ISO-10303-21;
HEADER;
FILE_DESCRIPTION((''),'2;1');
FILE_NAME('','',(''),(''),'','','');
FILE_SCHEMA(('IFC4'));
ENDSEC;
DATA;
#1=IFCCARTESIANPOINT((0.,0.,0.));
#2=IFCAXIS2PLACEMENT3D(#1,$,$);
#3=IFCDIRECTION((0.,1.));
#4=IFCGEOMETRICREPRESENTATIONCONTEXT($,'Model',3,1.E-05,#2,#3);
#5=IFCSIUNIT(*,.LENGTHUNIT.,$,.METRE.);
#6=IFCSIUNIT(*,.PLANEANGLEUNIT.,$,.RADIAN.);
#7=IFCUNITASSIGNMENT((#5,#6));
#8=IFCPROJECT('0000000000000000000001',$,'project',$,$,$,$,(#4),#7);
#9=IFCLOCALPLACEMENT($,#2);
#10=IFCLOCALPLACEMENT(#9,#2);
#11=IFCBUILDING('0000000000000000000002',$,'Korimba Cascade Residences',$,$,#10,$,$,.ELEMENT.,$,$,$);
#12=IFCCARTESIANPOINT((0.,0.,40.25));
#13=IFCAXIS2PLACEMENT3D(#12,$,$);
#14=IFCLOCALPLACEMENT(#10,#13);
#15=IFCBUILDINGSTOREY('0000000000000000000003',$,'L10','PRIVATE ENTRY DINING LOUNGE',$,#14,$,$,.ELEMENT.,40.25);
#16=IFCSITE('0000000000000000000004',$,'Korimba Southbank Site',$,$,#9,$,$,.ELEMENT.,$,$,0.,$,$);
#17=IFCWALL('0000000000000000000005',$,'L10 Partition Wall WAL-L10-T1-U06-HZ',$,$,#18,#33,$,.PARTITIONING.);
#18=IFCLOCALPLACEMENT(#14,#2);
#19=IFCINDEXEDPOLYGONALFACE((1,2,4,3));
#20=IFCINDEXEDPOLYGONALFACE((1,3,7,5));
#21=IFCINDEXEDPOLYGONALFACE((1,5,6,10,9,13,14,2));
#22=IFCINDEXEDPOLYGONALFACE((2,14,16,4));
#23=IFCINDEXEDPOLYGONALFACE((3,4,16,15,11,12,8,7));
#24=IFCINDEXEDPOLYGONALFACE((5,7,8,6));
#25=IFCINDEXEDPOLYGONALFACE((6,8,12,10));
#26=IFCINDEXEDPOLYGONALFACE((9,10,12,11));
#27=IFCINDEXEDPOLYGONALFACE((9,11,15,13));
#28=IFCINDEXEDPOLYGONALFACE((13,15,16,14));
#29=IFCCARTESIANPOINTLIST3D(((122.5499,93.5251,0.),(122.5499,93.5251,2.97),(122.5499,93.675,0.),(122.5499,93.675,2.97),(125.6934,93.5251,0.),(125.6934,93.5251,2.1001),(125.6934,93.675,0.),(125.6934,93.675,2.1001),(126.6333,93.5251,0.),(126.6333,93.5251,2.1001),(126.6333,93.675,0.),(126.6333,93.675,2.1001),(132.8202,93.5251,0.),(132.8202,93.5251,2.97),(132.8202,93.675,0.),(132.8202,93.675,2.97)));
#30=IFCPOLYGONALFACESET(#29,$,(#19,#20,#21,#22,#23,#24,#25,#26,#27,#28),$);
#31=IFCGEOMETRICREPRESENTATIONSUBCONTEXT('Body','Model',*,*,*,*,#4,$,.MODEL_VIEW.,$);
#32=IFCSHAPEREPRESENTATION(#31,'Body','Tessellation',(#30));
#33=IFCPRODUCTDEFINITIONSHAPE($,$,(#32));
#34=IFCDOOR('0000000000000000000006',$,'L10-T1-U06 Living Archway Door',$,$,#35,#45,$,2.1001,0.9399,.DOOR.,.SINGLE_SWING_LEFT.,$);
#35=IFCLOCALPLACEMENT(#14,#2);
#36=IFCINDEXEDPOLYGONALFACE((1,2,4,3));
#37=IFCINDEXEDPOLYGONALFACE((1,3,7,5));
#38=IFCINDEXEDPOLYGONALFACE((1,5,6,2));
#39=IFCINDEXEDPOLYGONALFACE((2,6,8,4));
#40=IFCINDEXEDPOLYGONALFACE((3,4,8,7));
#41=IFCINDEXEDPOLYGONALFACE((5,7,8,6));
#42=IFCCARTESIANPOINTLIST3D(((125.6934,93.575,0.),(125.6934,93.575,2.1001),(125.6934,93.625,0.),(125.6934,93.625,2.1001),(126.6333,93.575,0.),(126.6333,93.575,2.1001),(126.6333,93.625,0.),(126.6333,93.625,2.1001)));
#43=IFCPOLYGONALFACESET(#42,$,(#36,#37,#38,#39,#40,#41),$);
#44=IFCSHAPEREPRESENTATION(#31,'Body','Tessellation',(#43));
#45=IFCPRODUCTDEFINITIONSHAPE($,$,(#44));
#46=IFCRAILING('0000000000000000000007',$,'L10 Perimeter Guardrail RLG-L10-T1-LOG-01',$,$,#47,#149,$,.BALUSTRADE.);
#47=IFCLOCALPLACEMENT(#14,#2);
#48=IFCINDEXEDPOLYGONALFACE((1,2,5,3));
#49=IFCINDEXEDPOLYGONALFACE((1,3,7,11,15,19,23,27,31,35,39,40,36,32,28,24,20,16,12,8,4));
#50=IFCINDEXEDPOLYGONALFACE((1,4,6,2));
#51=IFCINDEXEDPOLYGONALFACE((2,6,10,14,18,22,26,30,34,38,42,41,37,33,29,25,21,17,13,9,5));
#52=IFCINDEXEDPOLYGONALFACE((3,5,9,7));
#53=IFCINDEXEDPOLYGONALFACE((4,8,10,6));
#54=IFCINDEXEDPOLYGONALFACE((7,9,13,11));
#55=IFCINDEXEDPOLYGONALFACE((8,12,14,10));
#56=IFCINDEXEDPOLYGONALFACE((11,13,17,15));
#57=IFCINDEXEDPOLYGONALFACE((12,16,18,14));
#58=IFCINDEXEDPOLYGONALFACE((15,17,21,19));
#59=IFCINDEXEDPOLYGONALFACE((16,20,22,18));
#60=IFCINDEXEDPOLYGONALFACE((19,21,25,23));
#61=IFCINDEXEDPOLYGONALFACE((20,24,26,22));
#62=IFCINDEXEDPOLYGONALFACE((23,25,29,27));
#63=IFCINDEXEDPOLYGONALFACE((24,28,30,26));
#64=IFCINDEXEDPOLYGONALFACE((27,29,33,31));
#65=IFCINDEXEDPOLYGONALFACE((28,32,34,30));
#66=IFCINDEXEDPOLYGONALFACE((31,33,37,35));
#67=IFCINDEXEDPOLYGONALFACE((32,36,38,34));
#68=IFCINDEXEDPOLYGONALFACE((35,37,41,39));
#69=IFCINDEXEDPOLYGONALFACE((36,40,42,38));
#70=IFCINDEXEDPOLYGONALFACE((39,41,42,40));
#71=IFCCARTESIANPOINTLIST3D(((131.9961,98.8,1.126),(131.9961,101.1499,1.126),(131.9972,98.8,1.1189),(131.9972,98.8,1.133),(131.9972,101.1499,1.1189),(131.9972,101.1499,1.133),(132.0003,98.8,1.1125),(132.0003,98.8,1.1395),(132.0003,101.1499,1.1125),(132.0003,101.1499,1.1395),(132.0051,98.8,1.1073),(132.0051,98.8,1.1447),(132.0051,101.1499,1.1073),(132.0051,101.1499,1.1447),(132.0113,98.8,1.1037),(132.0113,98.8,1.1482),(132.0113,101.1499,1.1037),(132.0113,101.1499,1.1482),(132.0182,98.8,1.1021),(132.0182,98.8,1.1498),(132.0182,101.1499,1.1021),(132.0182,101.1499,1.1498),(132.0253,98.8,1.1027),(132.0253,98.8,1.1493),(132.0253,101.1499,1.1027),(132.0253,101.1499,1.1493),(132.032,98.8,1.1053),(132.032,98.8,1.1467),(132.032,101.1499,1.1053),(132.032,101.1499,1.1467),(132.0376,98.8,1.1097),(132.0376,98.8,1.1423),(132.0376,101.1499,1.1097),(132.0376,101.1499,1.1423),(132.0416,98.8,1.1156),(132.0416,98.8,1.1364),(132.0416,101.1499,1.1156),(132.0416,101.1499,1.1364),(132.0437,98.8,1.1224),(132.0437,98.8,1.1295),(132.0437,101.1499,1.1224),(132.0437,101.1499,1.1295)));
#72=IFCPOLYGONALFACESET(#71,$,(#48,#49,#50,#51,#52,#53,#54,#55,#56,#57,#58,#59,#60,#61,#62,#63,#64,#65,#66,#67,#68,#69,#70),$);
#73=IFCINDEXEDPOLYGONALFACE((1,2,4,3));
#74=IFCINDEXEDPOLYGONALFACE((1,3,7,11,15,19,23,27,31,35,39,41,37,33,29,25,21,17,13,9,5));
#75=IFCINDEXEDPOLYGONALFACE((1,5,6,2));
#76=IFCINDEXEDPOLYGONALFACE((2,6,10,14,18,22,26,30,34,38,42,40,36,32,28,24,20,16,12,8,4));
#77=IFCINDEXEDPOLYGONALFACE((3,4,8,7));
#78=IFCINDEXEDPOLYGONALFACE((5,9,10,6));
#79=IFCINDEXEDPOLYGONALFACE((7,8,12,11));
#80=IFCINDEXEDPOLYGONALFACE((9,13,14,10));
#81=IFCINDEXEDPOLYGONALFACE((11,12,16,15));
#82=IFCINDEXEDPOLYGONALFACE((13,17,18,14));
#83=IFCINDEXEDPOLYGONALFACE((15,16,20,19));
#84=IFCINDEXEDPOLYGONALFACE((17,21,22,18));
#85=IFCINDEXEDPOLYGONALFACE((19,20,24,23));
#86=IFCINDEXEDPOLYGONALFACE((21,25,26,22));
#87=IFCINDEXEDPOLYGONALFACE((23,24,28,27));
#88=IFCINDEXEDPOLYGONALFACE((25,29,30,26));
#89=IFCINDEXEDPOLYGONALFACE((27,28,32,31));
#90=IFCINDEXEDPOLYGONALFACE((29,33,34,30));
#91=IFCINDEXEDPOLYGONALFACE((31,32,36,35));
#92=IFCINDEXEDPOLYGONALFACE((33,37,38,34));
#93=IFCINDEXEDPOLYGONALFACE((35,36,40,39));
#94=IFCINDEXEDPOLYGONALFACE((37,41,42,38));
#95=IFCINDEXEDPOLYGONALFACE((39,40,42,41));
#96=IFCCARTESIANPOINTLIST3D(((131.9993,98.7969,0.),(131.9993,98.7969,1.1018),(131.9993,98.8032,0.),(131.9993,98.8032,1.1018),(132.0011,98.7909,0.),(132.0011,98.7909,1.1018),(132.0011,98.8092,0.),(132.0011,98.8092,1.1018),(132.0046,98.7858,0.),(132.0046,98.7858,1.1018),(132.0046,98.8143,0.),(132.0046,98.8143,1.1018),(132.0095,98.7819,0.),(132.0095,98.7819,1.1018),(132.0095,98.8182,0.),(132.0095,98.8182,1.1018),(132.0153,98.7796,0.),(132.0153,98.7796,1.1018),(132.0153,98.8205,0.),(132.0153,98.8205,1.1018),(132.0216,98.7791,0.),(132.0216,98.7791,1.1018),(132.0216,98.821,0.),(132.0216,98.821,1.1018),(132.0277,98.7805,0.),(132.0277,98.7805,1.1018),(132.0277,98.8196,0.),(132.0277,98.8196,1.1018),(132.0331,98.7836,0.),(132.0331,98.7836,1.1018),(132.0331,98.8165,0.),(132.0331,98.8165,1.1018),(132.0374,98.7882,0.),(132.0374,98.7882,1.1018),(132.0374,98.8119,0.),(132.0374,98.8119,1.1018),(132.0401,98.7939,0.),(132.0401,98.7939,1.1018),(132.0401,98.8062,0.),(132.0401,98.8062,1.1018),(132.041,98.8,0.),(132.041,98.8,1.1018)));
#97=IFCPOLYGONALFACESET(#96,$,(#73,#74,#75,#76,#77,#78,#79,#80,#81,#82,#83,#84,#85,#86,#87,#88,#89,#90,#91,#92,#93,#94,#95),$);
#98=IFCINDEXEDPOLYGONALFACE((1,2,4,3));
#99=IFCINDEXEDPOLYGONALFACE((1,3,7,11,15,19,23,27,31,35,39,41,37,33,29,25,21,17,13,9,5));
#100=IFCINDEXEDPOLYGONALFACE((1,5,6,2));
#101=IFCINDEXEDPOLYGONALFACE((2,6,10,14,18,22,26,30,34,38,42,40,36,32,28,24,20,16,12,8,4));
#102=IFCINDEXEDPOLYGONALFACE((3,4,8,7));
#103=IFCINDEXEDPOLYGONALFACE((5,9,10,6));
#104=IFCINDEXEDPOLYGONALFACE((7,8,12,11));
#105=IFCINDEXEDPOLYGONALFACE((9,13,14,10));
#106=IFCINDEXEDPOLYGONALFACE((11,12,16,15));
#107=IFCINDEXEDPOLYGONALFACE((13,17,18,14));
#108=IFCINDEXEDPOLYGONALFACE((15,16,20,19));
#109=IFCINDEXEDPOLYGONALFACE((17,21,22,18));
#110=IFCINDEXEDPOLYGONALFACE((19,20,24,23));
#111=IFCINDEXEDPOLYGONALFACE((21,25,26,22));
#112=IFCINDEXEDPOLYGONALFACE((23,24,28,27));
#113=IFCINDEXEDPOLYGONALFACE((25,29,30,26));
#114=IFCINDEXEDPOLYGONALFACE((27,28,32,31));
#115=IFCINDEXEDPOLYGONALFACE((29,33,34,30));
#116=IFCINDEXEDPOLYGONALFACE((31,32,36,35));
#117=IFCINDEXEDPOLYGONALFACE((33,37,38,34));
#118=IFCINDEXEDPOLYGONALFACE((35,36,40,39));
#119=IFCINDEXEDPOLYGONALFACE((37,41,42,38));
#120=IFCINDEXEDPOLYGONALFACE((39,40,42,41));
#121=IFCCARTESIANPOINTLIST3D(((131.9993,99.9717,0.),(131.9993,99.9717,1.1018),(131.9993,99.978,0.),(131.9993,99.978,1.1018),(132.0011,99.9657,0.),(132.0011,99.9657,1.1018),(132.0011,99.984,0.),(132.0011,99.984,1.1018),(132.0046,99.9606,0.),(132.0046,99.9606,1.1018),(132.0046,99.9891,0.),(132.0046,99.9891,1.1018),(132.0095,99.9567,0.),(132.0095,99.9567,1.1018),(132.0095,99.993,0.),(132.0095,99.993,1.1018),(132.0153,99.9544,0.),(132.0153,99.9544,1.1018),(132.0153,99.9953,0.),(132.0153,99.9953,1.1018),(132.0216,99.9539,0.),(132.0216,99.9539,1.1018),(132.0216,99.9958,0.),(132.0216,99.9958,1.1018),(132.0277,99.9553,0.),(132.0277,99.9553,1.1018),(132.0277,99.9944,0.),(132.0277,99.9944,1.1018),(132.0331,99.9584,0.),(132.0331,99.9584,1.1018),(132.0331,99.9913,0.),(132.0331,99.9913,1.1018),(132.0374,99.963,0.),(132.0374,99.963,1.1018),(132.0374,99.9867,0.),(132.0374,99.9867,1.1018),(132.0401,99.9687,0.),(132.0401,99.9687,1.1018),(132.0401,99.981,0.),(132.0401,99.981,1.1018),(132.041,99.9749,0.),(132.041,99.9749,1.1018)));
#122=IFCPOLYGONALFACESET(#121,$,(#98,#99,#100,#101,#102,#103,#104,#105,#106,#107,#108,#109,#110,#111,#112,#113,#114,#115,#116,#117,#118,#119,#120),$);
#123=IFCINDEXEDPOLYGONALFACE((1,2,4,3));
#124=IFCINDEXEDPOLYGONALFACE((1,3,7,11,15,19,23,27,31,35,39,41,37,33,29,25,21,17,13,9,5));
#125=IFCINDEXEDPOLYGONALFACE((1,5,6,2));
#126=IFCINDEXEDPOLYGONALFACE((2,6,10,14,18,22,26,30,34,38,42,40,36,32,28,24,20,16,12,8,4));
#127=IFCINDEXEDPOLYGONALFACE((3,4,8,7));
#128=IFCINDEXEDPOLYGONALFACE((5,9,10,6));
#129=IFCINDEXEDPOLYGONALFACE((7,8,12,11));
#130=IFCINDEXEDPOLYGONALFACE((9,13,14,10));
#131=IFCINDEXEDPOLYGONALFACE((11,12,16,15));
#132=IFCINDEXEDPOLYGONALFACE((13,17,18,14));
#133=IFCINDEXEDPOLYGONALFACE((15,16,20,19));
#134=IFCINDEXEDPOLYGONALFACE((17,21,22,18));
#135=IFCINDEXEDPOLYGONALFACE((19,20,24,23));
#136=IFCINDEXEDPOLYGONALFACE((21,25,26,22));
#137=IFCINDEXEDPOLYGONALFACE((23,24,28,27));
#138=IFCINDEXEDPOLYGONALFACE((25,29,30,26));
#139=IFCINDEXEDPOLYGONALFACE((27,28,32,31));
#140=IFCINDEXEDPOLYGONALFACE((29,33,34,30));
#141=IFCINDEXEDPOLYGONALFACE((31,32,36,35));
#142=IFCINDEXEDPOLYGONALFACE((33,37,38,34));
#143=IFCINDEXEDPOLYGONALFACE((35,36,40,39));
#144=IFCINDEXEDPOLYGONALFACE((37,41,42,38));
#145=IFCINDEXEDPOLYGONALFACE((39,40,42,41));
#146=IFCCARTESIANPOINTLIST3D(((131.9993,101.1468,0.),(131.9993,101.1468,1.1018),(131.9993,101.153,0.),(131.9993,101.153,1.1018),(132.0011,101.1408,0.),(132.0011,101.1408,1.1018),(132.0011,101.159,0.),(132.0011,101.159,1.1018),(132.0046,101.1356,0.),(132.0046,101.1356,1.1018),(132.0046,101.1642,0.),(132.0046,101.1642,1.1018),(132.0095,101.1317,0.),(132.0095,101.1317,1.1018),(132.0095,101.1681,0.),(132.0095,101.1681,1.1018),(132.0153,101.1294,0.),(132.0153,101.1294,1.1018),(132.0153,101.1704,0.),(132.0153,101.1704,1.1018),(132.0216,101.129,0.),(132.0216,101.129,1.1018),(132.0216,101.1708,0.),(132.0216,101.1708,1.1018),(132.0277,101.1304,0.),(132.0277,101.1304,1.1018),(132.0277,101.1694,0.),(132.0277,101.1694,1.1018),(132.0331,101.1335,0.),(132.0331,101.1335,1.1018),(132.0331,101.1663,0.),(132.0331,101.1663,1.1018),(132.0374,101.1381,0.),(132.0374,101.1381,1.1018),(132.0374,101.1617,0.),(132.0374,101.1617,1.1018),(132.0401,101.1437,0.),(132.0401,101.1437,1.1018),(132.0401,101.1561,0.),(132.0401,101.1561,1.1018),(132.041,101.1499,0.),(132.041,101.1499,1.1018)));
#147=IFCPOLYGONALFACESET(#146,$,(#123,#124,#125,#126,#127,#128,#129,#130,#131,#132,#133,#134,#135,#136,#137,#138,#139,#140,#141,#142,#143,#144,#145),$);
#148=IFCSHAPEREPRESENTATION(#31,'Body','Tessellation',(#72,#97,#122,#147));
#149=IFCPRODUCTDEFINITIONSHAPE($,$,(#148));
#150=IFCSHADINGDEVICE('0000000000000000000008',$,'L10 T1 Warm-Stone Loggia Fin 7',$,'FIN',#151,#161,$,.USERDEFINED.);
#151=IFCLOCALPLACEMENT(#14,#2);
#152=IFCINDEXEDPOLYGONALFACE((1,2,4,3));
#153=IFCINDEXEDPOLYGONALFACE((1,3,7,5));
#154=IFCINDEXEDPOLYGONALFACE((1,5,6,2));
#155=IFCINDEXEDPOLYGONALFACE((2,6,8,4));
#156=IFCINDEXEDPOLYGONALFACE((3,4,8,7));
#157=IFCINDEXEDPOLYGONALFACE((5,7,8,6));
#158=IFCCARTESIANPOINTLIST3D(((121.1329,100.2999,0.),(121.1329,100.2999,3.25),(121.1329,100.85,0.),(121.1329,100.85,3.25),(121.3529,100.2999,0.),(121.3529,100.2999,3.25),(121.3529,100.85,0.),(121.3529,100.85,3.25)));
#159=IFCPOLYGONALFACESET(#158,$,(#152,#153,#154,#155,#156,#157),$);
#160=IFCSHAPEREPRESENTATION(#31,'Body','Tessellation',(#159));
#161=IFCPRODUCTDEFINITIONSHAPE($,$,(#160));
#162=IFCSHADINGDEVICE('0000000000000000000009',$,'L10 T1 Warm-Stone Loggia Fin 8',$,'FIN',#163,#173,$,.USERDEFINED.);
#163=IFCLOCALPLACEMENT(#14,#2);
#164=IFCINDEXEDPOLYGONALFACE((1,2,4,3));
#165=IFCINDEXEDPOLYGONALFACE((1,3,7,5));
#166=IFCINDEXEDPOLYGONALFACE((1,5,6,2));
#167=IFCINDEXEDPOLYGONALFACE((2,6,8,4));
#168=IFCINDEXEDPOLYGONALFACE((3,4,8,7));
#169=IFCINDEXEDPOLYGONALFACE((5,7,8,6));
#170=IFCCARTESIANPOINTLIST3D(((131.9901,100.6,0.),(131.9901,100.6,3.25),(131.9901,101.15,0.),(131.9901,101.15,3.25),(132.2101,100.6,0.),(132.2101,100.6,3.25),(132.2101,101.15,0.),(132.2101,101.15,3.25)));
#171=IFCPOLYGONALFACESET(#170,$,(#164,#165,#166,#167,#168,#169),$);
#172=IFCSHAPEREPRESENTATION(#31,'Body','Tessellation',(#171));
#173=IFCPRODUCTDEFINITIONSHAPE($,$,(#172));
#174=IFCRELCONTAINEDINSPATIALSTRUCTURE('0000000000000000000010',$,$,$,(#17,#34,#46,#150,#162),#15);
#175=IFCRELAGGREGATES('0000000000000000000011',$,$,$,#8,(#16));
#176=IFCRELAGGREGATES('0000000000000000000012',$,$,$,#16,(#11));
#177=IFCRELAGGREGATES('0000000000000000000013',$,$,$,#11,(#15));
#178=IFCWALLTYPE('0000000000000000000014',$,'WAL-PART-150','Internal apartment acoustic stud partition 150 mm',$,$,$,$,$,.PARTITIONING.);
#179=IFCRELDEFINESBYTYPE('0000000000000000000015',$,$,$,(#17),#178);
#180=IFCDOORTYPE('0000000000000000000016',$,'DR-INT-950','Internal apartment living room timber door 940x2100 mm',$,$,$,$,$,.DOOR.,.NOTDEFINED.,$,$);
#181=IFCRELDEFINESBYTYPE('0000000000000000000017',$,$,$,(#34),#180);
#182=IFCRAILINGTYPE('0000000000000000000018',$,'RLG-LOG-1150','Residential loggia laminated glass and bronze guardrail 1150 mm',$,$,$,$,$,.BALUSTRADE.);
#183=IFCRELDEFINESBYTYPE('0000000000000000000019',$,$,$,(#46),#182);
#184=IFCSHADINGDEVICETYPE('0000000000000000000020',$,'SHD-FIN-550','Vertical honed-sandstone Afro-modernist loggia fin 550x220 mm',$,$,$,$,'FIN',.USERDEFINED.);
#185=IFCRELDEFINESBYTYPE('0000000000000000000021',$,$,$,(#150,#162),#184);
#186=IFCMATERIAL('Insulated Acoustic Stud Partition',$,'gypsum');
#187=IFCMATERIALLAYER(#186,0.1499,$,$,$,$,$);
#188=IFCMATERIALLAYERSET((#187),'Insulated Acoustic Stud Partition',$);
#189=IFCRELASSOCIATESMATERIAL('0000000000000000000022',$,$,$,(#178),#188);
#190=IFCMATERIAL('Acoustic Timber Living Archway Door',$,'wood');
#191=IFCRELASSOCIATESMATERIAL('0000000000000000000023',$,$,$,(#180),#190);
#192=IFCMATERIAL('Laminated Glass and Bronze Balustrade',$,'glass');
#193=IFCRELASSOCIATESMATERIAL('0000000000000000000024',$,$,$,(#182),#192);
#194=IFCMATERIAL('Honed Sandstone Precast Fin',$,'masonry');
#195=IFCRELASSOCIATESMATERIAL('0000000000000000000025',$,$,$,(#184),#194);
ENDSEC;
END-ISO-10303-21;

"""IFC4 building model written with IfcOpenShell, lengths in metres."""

from ifc_helpers import new_model, si_unit, direction, frame, frame_2d, origin, origin_2d, place, context, subcontext, project, spatial, rectangle, circle, extrude, material, layer, layer_set, type_object, element, fill, save


model = new_model("IFC4")

# Units and contexts
model_context = context("Model", 3, precision=1e-05, world=origin(), true_north=direction((0.0, 1.0)))
body_context = subcontext(model_context, "Body", "Model", "MODEL_VIEW")
ifc_project = project(units=[si_unit("LENGTHUNIT", "METRE"), si_unit("PLANEANGLEUNIT", "RADIAN")], contexts=[model_context])

# Site, building, storey
site_placement = place(None, origin())
site = spatial("IfcSite", under=ifc_project, at=site_placement, Name="Korimba Southbank Site", CompositionType="ELEMENT", RefElevation=0.0)
building_placement = place(site_placement, origin())
building = spatial("IfcBuilding", under=site, at=building_placement, Name="Korimba Cascade Residences", CompositionType="ELEMENT")
storey_placement = place(building_placement, frame((0.0, 0.0, 40.25)))
storey = spatial("IfcBuildingStorey", under=building, at=storey_placement, Name="L10", Description="PRIVATE ENTRY DINING LOUNGE", CompositionType="ELEMENT", Elevation=40.25)

# Shared definitions
ifc_material_1 = material(Name="Insulated Acoustic Stud Partition", Category="gypsum")
ifc_layer_1 = layer(ifc_material_1, 0.1499)
ifc_layer_set_1 = layer_set([ifc_layer_1], Name="Insulated Acoustic Stud Partition")
wall_type_1 = type_object("IfcWallType", Name="WAL-PART-150", Description="Internal apartment acoustic stud partition 150 mm", PredefinedType="PARTITIONING", material=ifc_layer_set_1)

# Wall, opening, door
wall_1_placement = place(storey_placement, frame((122.5498, 93.6001, 0.0), z_axis=(0.0, 0.0, 1.0), x_axis=(1.0, 0.0, 0.0)))
wall_1 = element("IfcWall", 1, at=wall_1_placement, inside=storey, type_object=wall_type_1, Name="L10 Partition Wall WAL-L10-T1-U06-HZ", PredefinedType="PARTITIONING", context=body_context, shape_type="SweptSolid", body=[
    extrude(rectangle(XDim=10.2703, YDim=0.1499, at=frame_2d((5.1353, 0.0))), origin(), (0.0, 0.0, 1.0), 2.97),
])
opening_1_placement = place(wall_1_placement, frame((3.1436, 0.0, 0.0)))
opening_1 = element("IfcOpeningElement", 2, at=opening_1_placement, cuts=wall_1, PredefinedType="OPENING", context=body_context, shape_type="SweptSolid", body=[
    extrude(rectangle(XDim=0.9399, YDim=2.1001, at=frame_2d((0.47, 1.05))), frame((0.0, 0.085, 0.0), z_axis=(0.0, -1.0, 0.0), x_axis=(1.0, 0.0, 0.0)), (0.0, 0.0, 1.0), 0.1699),
])
ifc_material_2 = material(Name="Acoustic Timber Living Archway Door", Category="wood")
door_type_1 = type_object("IfcDoorType", Name="DR-INT-950", Description="Internal apartment living room timber door 940x2100 mm", OperationType="NOTDEFINED", PredefinedType="DOOR", material=ifc_material_2)
door_1_placement = place(opening_1_placement, origin())
door_1 = element("IfcDoor", 3, at=door_1_placement, inside=storey, type_object=door_type_1, Name="L10-T1-U06 Living Archway Door", OperationType="SINGLE_SWING_LEFT", OverallHeight=2.1001, OverallWidth=0.9399, PredefinedType="DOOR", context=body_context, shape_type="SweptSolid", body=[
    extrude(rectangle(XDim=0.9399, YDim=2.1001, at=frame_2d((0.47, 1.05))), frame((0.0, 0.0249, 0.0), z_axis=(0.0, -1.0, 0.0), x_axis=(1.0, 0.0, 0.0)), (0.0, 0.0, 1.0), 0.05),
])
fill(opening_1, door_1)

# Railing
ifc_material_3 = material(Name="Laminated Glass and Bronze Balustrade", Category="glass")
railing_type = type_object("IfcRailingType", Name="RLG-LOG-1150", Description="Residential loggia laminated glass and bronze guardrail 1150 mm", PredefinedType="BALUSTRADE", material=ifc_material_3)
railing_placement = place(storey_placement, frame((132.02, 98.8, 0.0)))
element("IfcRailing", 4, at=railing_placement, inside=storey, type_object=railing_type, Name="L10 Perimeter Guardrail RLG-L10-T1-LOG-01", PredefinedType="BALUSTRADE", context=body_context, shape_type="SweptSolid", body=[
    extrude(circle(Radius=0.0239, at=origin_2d()), frame((0.0, 0.0, 1.126), z_axis=(0.0, 1.0, 0.0), x_axis=(-1.0, 0.0, 0.0)), (0.0, 0.0, 1.0), 2.3499),
    extrude(circle(Radius=0.021, at=origin_2d()), origin(), (0.0, 0.0, 1.0), 1.1018),
    extrude(circle(Radius=0.021, at=origin_2d()), frame((0.0, 1.1748, 0.0)), (0.0, 0.0, 1.0), 1.1018),
    extrude(circle(Radius=0.021, at=origin_2d()), frame((0.0, 2.3499, 0.0)), (0.0, 0.0, 1.0), 1.1018),
])

# Shading devices
ifc_material_4 = material(Name="Honed Sandstone Precast Fin", Category="masonry")
shading_device_type = type_object("IfcShadingDeviceType", Name="SHD-FIN-550", Description="Vertical honed-sandstone Afro-modernist loggia fin 550x220 mm", ElementType="FIN", PredefinedType="USERDEFINED", material=ifc_material_4)
for number, where, z_axis, x_axis, name in (
    (5, (121.2429, 100.575, 0.0), (0.0, 0.0, 1.0), (1.0, 0.0, 0.0), "L10 T1 Warm-Stone Loggia Fin 7"),
    (6, (132.1001, 100.875, 0.0), (0.0, 0.0, 1.0), (1.0, 0.0, 0.0), "L10 T1 Warm-Stone Loggia Fin 8"),
):
    element("IfcShadingDevice", number, at=place(storey_placement, frame(where, z_axis=z_axis, x_axis=x_axis)), inside=storey, type_object=shading_device_type, Name=name, ObjectType="FIN", PredefinedType="USERDEFINED", context=body_context, shape_type="SweptSolid", body=[
        extrude(rectangle(XDim=0.22, YDim=0.55, at=origin_2d()), origin(), (0.0, 0.0, 1.0), 3.25),
    ])

save(model, "model.ifc")
